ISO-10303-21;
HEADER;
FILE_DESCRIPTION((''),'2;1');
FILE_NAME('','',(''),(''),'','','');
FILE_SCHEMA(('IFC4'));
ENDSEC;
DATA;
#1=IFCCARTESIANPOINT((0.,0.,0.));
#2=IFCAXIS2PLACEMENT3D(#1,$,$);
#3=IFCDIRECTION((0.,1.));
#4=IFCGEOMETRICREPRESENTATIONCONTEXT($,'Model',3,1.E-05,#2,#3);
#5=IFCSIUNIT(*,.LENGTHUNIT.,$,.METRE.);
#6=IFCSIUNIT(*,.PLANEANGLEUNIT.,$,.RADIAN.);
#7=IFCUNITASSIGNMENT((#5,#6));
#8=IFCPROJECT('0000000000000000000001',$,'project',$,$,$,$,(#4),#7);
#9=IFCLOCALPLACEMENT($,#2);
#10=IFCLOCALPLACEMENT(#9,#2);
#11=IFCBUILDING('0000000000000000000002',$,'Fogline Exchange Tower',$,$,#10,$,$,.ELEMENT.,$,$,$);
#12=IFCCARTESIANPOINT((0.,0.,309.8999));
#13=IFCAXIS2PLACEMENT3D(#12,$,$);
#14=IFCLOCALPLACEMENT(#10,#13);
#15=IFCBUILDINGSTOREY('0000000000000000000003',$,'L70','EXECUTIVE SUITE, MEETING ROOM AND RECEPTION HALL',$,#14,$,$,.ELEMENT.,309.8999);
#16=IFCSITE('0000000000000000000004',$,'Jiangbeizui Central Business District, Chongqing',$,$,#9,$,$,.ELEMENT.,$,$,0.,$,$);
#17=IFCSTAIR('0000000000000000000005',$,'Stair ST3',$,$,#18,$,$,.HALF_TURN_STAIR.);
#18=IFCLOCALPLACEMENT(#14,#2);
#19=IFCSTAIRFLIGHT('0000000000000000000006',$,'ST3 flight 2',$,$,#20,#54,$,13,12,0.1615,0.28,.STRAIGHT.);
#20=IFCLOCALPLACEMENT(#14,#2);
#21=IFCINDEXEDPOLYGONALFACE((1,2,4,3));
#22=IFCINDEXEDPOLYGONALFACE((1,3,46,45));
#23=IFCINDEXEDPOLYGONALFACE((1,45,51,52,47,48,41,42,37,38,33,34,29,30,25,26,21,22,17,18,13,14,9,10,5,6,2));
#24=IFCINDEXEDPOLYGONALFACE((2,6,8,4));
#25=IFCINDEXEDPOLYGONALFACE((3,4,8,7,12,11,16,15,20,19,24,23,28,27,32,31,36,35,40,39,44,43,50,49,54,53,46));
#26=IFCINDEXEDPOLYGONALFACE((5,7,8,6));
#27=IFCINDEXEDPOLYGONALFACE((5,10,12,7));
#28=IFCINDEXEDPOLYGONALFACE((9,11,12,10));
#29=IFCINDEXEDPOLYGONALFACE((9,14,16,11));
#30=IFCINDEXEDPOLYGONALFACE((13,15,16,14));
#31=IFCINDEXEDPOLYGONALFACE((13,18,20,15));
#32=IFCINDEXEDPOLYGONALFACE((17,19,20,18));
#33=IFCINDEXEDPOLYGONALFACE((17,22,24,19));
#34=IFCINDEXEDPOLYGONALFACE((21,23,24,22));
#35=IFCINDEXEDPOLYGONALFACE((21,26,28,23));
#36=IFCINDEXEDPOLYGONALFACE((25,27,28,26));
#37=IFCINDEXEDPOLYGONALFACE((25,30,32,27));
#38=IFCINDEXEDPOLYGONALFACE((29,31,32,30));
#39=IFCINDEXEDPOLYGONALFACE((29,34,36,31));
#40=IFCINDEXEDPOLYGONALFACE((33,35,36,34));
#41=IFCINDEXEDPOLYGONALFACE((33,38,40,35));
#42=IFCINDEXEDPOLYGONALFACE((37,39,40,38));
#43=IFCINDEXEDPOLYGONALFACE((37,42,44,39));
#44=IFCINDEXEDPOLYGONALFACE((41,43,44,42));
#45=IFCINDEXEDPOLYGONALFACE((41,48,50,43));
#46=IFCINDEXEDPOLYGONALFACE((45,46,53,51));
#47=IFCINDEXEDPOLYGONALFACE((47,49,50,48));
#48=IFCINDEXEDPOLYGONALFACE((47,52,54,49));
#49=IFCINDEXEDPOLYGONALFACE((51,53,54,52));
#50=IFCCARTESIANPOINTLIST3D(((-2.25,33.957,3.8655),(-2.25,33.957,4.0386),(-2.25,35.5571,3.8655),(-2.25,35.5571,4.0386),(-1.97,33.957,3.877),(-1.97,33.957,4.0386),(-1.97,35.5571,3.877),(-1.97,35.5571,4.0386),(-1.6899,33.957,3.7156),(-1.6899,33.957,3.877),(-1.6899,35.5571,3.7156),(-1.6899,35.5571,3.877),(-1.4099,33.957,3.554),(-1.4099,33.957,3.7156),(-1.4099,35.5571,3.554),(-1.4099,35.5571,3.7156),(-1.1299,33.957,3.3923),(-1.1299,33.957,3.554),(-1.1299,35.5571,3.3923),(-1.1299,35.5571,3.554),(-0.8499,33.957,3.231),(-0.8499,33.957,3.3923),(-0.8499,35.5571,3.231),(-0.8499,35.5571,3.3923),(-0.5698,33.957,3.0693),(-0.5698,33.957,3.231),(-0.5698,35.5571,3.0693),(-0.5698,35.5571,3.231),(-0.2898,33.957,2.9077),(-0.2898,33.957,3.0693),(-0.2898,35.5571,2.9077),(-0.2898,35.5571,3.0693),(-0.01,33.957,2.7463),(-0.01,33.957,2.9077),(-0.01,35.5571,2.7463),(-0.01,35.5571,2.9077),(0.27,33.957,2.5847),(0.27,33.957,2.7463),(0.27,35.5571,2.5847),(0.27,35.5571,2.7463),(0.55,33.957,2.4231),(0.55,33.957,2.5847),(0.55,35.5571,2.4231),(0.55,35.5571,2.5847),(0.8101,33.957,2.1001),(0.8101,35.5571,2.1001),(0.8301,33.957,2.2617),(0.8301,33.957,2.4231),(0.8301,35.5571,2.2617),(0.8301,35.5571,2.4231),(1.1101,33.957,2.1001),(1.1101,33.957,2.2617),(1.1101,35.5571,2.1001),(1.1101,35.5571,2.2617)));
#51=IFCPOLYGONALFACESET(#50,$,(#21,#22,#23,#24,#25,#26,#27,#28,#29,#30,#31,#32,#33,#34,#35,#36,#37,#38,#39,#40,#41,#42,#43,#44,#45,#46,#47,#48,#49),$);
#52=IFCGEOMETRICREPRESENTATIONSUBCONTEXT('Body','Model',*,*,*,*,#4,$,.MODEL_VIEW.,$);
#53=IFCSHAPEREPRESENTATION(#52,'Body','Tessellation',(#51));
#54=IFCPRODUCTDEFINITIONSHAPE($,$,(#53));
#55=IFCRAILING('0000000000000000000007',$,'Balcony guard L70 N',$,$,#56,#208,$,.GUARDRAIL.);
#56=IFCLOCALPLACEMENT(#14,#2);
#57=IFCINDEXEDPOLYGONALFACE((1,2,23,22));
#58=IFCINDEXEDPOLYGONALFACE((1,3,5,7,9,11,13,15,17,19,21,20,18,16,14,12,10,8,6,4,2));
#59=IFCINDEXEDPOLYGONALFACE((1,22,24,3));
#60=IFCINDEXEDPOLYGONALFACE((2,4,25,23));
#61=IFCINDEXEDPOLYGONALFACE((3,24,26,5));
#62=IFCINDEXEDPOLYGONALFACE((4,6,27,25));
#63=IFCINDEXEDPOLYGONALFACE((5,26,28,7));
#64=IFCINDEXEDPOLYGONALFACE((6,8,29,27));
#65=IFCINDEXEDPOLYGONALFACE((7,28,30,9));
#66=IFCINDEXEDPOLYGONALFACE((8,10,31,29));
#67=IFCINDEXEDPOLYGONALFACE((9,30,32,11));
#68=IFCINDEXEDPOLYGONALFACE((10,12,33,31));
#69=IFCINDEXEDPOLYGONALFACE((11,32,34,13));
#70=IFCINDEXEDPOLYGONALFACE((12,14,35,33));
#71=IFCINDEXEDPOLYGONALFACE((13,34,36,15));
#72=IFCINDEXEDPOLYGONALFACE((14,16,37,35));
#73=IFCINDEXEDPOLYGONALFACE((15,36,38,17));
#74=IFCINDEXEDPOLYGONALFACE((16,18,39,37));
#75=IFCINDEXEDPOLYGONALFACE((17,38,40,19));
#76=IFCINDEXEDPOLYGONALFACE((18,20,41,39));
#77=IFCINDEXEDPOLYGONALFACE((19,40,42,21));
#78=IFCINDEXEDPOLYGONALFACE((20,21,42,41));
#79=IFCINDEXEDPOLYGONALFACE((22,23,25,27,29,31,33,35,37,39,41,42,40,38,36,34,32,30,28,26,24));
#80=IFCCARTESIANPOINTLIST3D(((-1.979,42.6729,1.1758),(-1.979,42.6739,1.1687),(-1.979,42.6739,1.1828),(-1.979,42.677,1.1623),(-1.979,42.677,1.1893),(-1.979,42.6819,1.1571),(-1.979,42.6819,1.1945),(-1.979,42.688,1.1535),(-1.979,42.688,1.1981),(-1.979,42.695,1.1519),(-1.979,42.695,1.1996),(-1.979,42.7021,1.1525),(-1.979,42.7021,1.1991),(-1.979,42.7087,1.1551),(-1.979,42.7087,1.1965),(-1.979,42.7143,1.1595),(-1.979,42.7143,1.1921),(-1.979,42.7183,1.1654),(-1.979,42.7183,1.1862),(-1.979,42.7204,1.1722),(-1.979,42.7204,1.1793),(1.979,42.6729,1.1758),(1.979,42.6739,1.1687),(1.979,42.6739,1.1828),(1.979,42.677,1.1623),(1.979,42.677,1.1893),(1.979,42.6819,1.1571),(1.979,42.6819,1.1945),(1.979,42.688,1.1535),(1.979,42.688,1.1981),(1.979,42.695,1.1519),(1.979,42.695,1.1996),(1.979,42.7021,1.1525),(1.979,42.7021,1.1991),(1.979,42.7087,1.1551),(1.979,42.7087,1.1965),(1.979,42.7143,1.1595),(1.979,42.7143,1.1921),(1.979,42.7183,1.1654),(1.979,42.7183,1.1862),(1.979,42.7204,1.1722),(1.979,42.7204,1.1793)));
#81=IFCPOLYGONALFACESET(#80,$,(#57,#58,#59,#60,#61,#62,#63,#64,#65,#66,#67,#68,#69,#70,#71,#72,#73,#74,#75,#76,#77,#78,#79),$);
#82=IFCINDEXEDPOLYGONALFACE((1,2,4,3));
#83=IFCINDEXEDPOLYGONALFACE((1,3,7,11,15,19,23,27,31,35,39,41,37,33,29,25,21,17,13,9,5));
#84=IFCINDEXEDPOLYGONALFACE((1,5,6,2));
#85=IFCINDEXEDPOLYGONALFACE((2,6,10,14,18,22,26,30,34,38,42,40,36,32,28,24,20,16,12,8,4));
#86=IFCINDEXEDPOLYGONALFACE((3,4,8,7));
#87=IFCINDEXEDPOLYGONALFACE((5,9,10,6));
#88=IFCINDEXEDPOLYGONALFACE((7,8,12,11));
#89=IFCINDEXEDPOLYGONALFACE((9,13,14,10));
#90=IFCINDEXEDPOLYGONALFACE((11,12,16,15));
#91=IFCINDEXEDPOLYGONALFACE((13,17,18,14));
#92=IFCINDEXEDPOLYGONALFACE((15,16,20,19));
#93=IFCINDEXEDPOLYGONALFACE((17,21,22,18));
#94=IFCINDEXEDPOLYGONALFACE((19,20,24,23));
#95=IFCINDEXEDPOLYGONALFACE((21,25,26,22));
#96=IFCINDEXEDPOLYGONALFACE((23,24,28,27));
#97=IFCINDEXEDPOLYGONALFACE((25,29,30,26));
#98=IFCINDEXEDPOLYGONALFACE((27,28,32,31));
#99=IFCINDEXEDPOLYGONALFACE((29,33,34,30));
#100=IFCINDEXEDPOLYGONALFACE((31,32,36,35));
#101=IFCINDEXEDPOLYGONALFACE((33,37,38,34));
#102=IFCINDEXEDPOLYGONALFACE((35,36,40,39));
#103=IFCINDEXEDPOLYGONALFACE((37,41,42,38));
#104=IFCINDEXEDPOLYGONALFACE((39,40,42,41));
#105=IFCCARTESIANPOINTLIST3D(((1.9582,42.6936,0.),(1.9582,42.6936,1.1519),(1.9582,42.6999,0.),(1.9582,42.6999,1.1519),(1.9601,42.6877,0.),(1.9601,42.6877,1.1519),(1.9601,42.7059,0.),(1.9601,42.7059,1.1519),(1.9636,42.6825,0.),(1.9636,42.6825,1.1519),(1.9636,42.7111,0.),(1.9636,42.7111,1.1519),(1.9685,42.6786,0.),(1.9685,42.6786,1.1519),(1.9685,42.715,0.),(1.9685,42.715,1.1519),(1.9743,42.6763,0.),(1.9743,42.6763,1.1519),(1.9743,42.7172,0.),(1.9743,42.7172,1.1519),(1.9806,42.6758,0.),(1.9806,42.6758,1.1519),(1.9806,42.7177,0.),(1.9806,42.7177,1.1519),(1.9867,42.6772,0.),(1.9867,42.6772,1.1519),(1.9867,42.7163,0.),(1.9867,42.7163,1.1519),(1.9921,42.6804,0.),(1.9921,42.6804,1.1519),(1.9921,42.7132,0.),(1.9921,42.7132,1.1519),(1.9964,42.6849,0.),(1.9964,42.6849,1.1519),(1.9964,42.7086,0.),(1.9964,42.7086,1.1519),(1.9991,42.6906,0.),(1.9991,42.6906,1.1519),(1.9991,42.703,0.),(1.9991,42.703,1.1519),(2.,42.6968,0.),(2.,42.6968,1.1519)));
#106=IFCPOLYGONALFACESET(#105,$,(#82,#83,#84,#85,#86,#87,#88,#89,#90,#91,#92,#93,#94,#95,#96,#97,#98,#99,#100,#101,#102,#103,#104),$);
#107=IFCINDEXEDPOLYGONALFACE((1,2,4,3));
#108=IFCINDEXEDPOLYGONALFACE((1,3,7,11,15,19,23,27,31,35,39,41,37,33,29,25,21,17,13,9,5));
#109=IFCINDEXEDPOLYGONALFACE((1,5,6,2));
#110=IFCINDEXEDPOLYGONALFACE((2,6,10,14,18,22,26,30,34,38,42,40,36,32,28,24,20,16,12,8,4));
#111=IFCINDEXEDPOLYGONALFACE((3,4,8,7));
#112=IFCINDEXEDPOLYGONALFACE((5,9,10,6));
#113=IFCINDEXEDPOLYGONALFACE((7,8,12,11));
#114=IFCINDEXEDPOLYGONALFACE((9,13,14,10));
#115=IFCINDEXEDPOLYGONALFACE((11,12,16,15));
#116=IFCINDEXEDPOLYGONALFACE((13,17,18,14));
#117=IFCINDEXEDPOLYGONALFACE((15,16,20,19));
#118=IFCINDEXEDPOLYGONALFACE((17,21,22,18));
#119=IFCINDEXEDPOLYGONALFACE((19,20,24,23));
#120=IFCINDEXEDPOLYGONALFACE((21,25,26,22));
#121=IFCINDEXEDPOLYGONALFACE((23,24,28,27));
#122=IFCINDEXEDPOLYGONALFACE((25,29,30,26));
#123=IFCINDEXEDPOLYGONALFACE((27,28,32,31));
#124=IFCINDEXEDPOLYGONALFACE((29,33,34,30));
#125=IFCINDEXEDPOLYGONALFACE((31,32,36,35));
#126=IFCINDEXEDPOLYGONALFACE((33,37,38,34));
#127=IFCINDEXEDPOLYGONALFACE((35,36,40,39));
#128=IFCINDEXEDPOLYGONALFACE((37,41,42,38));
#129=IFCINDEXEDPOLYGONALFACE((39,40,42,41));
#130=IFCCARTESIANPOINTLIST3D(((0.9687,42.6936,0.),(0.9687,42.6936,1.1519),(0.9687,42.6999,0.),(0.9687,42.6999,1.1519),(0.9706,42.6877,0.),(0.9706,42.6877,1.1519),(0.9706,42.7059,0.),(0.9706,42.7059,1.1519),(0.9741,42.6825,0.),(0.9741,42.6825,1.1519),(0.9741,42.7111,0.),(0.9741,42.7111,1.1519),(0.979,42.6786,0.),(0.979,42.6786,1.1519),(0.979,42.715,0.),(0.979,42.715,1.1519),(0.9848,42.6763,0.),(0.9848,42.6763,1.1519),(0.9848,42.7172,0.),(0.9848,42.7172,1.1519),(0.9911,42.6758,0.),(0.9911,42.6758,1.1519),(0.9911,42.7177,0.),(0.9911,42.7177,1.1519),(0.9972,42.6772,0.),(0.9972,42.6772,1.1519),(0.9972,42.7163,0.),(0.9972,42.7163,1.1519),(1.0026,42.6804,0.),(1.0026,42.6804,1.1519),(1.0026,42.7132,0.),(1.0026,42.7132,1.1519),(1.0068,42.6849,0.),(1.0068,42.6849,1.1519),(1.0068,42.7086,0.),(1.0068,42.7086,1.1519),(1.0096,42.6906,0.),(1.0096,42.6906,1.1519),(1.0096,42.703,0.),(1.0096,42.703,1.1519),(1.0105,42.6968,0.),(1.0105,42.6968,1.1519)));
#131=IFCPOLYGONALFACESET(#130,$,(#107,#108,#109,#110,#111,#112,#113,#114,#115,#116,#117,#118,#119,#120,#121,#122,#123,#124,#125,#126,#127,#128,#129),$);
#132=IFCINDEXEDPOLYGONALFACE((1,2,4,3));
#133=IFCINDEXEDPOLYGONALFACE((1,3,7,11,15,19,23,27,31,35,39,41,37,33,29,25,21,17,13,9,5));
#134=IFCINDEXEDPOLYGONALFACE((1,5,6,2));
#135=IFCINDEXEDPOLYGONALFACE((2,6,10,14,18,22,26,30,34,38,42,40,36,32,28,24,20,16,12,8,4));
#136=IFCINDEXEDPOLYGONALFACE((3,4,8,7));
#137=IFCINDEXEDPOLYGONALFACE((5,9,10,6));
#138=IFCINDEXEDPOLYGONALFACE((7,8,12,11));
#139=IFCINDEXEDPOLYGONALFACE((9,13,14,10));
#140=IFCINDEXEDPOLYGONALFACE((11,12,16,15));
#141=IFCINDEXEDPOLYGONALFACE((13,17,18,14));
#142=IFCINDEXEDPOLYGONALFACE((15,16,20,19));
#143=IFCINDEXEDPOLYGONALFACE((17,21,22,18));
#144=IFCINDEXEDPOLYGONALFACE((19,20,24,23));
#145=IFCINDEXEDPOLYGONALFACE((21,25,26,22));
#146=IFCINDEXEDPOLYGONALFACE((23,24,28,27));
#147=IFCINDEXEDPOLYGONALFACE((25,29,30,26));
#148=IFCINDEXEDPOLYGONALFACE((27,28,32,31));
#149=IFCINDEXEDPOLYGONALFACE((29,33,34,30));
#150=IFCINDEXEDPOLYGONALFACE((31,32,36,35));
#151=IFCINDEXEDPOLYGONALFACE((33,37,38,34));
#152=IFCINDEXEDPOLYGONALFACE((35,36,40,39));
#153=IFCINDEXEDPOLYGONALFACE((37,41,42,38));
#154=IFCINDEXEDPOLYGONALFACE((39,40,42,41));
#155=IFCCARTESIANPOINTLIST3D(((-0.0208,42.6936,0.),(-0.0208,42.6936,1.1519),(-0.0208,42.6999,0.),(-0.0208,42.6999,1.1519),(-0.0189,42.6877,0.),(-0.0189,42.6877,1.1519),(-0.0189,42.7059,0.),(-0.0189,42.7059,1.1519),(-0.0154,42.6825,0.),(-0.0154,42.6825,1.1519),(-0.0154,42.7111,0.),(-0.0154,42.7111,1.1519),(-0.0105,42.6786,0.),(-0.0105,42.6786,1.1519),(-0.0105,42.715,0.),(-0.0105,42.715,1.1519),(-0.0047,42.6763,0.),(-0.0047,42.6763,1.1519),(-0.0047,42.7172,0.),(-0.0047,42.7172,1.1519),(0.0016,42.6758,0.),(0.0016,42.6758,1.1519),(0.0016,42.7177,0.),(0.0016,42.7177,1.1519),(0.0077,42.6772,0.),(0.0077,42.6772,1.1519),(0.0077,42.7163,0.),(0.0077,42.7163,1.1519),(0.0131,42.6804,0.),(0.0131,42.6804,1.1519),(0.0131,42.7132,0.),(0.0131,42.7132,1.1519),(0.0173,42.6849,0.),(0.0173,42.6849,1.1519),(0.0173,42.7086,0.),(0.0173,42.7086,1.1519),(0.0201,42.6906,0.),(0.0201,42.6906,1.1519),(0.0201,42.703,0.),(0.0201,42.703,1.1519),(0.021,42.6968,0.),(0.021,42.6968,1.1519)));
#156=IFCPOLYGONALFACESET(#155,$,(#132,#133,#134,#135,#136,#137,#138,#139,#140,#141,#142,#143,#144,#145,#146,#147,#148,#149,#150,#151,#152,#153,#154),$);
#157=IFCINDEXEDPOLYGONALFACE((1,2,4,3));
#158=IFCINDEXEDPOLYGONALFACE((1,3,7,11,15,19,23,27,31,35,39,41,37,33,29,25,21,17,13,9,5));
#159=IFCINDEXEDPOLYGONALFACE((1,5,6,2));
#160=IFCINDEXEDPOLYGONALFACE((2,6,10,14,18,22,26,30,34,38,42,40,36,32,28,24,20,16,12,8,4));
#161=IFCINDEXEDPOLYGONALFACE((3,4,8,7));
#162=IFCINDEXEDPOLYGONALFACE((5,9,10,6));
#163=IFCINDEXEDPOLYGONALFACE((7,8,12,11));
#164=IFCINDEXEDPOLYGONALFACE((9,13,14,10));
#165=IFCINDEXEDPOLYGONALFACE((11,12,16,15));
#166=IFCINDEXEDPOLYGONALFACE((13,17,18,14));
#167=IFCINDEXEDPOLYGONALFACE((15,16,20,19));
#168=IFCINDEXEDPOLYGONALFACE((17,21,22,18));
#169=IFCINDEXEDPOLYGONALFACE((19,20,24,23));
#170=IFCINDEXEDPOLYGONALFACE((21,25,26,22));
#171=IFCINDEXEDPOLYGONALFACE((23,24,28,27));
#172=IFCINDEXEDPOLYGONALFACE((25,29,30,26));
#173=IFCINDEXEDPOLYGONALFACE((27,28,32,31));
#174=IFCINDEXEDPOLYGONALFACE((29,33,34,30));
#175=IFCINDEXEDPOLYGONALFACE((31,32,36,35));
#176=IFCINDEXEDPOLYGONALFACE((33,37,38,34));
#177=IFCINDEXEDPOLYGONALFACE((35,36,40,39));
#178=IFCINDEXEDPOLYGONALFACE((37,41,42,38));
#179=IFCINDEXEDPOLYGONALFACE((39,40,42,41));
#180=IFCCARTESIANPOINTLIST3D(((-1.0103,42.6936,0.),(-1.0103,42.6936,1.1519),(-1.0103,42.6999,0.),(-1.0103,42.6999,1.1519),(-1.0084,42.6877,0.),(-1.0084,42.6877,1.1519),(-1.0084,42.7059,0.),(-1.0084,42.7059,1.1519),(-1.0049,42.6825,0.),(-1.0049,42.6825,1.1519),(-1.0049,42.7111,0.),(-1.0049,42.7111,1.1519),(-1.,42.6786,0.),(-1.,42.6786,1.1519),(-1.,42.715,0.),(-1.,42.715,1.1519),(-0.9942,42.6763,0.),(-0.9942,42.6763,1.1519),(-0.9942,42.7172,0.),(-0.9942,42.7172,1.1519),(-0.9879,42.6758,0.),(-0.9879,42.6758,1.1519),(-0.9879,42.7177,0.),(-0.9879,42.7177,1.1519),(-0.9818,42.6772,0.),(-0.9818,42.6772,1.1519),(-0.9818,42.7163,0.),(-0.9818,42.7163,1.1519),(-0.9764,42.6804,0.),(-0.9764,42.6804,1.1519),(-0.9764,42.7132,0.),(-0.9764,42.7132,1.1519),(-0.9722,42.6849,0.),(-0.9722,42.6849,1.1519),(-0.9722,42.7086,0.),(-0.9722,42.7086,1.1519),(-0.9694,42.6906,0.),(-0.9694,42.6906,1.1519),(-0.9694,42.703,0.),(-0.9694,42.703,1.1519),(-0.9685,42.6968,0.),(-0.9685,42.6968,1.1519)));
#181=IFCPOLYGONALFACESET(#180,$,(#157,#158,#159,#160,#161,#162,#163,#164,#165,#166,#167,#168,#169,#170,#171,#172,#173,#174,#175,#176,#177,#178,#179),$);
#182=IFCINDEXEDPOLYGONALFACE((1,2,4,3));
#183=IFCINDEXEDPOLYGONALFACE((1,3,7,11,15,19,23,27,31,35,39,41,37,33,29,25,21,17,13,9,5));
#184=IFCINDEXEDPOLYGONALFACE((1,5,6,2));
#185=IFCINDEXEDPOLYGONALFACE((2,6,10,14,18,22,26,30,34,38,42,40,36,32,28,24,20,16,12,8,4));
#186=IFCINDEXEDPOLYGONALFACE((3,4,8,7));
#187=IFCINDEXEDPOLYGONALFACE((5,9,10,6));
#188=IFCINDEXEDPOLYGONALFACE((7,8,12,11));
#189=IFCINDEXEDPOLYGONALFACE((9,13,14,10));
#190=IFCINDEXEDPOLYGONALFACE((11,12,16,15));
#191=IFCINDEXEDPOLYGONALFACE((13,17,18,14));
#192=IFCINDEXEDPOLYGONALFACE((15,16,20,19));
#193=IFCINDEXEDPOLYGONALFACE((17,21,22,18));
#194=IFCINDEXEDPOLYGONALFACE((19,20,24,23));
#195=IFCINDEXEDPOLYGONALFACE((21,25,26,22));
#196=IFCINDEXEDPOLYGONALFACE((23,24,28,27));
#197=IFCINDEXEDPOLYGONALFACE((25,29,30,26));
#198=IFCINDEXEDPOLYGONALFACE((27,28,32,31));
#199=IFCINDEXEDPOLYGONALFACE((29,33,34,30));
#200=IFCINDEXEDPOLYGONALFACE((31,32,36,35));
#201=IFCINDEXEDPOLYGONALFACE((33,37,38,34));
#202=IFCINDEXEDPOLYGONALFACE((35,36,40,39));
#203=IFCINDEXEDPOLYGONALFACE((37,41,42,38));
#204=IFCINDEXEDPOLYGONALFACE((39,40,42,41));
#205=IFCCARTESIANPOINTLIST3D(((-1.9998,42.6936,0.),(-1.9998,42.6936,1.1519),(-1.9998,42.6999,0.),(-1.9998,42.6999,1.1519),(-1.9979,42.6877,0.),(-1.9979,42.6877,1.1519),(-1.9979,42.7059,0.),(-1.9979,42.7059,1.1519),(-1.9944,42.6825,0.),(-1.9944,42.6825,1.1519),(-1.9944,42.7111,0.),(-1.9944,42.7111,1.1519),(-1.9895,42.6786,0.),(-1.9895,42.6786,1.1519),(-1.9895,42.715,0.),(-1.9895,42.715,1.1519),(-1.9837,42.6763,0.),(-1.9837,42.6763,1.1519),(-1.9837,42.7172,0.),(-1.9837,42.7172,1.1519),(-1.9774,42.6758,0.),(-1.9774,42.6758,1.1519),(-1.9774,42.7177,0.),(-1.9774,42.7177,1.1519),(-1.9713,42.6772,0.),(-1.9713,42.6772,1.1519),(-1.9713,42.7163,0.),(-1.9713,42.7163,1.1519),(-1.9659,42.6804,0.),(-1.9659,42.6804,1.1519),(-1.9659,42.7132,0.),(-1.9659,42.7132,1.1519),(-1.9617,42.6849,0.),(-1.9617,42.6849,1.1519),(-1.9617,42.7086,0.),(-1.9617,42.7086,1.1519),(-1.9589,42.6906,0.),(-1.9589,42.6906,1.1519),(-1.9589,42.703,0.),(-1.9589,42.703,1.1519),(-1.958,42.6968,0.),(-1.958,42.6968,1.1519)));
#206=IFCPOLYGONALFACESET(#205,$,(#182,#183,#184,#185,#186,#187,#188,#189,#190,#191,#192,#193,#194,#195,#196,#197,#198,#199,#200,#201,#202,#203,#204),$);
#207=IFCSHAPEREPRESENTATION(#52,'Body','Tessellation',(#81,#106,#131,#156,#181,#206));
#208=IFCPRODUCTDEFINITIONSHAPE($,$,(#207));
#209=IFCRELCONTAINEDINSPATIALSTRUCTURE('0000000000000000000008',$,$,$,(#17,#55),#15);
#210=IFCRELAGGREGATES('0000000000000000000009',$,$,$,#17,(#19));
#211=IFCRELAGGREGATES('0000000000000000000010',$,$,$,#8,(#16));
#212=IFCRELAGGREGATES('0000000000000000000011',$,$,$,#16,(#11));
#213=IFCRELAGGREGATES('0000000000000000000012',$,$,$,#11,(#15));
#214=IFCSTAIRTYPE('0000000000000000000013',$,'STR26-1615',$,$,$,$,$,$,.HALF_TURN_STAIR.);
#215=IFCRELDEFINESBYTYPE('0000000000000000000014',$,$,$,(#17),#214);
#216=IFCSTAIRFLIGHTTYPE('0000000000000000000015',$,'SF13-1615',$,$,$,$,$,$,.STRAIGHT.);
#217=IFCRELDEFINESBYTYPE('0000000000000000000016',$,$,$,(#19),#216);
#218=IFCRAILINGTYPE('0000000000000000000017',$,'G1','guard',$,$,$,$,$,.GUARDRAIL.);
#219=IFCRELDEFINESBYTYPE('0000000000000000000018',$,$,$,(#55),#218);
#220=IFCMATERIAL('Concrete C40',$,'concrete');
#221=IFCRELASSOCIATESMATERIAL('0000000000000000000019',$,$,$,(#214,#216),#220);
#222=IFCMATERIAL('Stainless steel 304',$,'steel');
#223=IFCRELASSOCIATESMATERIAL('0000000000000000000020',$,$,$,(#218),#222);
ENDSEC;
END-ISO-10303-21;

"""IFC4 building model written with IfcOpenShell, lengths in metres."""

from ifc_helpers import new_model, si_unit, direction, frame, origin, origin_2d, place, context, subcontext, project, spatial, polyline, circle, outline, extrude, material, type_object, element, aggregate, save


model = new_model("IFC4")

# Units and contexts
model_context = context("Model", 3, precision=1e-05, world=origin(), true_north=direction((0.0, 1.0)))
body_context = subcontext(model_context, "Body", "Model", "MODEL_VIEW")
ifc_project = project(units=[si_unit("LENGTHUNIT", "METRE"), si_unit("PLANEANGLEUNIT", "RADIAN")], contexts=[model_context])

# Site, building, storey
site_placement = place(None, origin())
site = spatial("IfcSite", under=ifc_project, at=site_placement, Name="Jiangbeizui Central Business District, Chongqing", CompositionType="ELEMENT", RefElevation=0.0)
building_placement = place(site_placement, origin())
building = spatial("IfcBuilding", under=site, at=building_placement, Name="Fogline Exchange Tower", CompositionType="ELEMENT")
storey_placement = place(building_placement, frame((0.0, 0.0, 309.8999)))
storey = spatial("IfcBuildingStorey", under=building, at=storey_placement, Name="L70", Description="EXECUTIVE SUITE, MEETING ROOM AND RECEPTION HALL", CompositionType="ELEMENT", Elevation=309.8999)

# Shared definitions
ifc_material_1 = material(Name="Concrete C40", Category="concrete")

# Stair, stair flight
stair_type = type_object("IfcStairType", Name="STR26-1615", PredefinedType="HALF_TURN_STAIR", material=ifc_material_1)
stair_placement = place(storey_placement, origin())
stair = element("IfcStair", 1, at=stair_placement, inside=storey, type_object=stair_type, Name="Stair ST3", PredefinedType="HALF_TURN_STAIR")
stair_flight_type = type_object("IfcStairFlightType", Name="SF13-1615", PredefinedType="STRAIGHT", material=ifc_material_1)
stair_flight_placement = place(storey_placement, frame((1.1101, 34.7571, 2.1001), z_axis=(0.0, 0.0, 1.0), x_axis=(-1.0, 0.0, 0.0)))
stair_flight = element("IfcStairFlight", 2, at=stair_flight_placement, type_object=stair_flight_type, Name="ST3 flight 2", NumberOfRisers=13, NumberOfTreads=12, PredefinedType="STRAIGHT", RiserHeight=0.1615, TreadLength=0.28, context=body_context, shape_type="SweptSolid", body=[
    extrude(outline(polyline([(0.0, 0.0), (0.0, 0.1616), (0.28, 0.1616), (0.28, 0.323), (0.5601, 0.323), (0.5601, 0.4846), (0.8401, 0.4846), (0.8401, 0.6462), (1.1201, 0.6462), (1.1201, 0.8076), (1.3999, 0.8076), (1.3999, 0.9692), (1.6799, 0.9692), (1.6799, 1.1309), (1.96, 1.1309), (1.96, 1.2922), (2.24, 1.2922), (2.24, 1.4539), (2.52, 1.4539), (2.52, 1.6155), (2.8, 1.6155), (2.8, 1.7769), (3.0801, 1.7769), (3.0801, 1.9385), (3.3601, 1.9385), (3.3601, 2.1001), (3.3601, 1.7654), (0.3, 0.0), (0.0, 0.0)])), frame((0.0, 0.8, 0.0), z_axis=(0.0, -1.0, 0.0), x_axis=(1.0, 0.0, 0.0)), (0.0, 0.0, 1.0), 1.6001),
])
aggregate(stair, [stair_flight])

# Railing
ifc_material_2 = material(Name="Stainless steel 304", Category="steel")
railing_type = type_object("IfcRailingType", Name="G1", Description="guard", PredefinedType="GUARDRAIL", material=ifc_material_2)
railing_placement = place(storey_placement, frame((1.979, 42.6968, 0.0)))
element("IfcRailing", 3, at=railing_placement, inside=storey, type_object=railing_type, Name="Balcony guard L70 N", PredefinedType="GUARDRAIL", context=body_context, shape_type="SweptSolid", body=[
    extrude(circle(Radius=0.0239, at=origin_2d()), frame((0.0, 0.0, 1.1758), z_axis=(-1.0, 0.0, 0.0), x_axis=(0.0, -1.0, 0.0)), (0.0, 0.0, 1.0), 3.958),
    extrude(circle(Radius=0.021, at=origin_2d()), origin(), (0.0, 0.0, 1.0), 1.1519),
    extrude(circle(Radius=0.021, at=origin_2d()), frame((-0.9895, 0.0, 0.0)), (0.0, 0.0, 1.0), 1.1519),
    extrude(circle(Radius=0.021, at=origin_2d()), frame((-1.979, 0.0, 0.0)), (0.0, 0.0, 1.0), 1.1519),
    extrude(circle(Radius=0.021, at=origin_2d()), frame((-2.9685, 0.0, 0.0)), (0.0, 0.0, 1.0), 1.1519),
    extrude(circle(Radius=0.021, at=origin_2d()), frame((-3.958, 0.0, 0.0)), (0.0, 0.0, 1.0), 1.1519),
])

save(model, "model.ifc")
